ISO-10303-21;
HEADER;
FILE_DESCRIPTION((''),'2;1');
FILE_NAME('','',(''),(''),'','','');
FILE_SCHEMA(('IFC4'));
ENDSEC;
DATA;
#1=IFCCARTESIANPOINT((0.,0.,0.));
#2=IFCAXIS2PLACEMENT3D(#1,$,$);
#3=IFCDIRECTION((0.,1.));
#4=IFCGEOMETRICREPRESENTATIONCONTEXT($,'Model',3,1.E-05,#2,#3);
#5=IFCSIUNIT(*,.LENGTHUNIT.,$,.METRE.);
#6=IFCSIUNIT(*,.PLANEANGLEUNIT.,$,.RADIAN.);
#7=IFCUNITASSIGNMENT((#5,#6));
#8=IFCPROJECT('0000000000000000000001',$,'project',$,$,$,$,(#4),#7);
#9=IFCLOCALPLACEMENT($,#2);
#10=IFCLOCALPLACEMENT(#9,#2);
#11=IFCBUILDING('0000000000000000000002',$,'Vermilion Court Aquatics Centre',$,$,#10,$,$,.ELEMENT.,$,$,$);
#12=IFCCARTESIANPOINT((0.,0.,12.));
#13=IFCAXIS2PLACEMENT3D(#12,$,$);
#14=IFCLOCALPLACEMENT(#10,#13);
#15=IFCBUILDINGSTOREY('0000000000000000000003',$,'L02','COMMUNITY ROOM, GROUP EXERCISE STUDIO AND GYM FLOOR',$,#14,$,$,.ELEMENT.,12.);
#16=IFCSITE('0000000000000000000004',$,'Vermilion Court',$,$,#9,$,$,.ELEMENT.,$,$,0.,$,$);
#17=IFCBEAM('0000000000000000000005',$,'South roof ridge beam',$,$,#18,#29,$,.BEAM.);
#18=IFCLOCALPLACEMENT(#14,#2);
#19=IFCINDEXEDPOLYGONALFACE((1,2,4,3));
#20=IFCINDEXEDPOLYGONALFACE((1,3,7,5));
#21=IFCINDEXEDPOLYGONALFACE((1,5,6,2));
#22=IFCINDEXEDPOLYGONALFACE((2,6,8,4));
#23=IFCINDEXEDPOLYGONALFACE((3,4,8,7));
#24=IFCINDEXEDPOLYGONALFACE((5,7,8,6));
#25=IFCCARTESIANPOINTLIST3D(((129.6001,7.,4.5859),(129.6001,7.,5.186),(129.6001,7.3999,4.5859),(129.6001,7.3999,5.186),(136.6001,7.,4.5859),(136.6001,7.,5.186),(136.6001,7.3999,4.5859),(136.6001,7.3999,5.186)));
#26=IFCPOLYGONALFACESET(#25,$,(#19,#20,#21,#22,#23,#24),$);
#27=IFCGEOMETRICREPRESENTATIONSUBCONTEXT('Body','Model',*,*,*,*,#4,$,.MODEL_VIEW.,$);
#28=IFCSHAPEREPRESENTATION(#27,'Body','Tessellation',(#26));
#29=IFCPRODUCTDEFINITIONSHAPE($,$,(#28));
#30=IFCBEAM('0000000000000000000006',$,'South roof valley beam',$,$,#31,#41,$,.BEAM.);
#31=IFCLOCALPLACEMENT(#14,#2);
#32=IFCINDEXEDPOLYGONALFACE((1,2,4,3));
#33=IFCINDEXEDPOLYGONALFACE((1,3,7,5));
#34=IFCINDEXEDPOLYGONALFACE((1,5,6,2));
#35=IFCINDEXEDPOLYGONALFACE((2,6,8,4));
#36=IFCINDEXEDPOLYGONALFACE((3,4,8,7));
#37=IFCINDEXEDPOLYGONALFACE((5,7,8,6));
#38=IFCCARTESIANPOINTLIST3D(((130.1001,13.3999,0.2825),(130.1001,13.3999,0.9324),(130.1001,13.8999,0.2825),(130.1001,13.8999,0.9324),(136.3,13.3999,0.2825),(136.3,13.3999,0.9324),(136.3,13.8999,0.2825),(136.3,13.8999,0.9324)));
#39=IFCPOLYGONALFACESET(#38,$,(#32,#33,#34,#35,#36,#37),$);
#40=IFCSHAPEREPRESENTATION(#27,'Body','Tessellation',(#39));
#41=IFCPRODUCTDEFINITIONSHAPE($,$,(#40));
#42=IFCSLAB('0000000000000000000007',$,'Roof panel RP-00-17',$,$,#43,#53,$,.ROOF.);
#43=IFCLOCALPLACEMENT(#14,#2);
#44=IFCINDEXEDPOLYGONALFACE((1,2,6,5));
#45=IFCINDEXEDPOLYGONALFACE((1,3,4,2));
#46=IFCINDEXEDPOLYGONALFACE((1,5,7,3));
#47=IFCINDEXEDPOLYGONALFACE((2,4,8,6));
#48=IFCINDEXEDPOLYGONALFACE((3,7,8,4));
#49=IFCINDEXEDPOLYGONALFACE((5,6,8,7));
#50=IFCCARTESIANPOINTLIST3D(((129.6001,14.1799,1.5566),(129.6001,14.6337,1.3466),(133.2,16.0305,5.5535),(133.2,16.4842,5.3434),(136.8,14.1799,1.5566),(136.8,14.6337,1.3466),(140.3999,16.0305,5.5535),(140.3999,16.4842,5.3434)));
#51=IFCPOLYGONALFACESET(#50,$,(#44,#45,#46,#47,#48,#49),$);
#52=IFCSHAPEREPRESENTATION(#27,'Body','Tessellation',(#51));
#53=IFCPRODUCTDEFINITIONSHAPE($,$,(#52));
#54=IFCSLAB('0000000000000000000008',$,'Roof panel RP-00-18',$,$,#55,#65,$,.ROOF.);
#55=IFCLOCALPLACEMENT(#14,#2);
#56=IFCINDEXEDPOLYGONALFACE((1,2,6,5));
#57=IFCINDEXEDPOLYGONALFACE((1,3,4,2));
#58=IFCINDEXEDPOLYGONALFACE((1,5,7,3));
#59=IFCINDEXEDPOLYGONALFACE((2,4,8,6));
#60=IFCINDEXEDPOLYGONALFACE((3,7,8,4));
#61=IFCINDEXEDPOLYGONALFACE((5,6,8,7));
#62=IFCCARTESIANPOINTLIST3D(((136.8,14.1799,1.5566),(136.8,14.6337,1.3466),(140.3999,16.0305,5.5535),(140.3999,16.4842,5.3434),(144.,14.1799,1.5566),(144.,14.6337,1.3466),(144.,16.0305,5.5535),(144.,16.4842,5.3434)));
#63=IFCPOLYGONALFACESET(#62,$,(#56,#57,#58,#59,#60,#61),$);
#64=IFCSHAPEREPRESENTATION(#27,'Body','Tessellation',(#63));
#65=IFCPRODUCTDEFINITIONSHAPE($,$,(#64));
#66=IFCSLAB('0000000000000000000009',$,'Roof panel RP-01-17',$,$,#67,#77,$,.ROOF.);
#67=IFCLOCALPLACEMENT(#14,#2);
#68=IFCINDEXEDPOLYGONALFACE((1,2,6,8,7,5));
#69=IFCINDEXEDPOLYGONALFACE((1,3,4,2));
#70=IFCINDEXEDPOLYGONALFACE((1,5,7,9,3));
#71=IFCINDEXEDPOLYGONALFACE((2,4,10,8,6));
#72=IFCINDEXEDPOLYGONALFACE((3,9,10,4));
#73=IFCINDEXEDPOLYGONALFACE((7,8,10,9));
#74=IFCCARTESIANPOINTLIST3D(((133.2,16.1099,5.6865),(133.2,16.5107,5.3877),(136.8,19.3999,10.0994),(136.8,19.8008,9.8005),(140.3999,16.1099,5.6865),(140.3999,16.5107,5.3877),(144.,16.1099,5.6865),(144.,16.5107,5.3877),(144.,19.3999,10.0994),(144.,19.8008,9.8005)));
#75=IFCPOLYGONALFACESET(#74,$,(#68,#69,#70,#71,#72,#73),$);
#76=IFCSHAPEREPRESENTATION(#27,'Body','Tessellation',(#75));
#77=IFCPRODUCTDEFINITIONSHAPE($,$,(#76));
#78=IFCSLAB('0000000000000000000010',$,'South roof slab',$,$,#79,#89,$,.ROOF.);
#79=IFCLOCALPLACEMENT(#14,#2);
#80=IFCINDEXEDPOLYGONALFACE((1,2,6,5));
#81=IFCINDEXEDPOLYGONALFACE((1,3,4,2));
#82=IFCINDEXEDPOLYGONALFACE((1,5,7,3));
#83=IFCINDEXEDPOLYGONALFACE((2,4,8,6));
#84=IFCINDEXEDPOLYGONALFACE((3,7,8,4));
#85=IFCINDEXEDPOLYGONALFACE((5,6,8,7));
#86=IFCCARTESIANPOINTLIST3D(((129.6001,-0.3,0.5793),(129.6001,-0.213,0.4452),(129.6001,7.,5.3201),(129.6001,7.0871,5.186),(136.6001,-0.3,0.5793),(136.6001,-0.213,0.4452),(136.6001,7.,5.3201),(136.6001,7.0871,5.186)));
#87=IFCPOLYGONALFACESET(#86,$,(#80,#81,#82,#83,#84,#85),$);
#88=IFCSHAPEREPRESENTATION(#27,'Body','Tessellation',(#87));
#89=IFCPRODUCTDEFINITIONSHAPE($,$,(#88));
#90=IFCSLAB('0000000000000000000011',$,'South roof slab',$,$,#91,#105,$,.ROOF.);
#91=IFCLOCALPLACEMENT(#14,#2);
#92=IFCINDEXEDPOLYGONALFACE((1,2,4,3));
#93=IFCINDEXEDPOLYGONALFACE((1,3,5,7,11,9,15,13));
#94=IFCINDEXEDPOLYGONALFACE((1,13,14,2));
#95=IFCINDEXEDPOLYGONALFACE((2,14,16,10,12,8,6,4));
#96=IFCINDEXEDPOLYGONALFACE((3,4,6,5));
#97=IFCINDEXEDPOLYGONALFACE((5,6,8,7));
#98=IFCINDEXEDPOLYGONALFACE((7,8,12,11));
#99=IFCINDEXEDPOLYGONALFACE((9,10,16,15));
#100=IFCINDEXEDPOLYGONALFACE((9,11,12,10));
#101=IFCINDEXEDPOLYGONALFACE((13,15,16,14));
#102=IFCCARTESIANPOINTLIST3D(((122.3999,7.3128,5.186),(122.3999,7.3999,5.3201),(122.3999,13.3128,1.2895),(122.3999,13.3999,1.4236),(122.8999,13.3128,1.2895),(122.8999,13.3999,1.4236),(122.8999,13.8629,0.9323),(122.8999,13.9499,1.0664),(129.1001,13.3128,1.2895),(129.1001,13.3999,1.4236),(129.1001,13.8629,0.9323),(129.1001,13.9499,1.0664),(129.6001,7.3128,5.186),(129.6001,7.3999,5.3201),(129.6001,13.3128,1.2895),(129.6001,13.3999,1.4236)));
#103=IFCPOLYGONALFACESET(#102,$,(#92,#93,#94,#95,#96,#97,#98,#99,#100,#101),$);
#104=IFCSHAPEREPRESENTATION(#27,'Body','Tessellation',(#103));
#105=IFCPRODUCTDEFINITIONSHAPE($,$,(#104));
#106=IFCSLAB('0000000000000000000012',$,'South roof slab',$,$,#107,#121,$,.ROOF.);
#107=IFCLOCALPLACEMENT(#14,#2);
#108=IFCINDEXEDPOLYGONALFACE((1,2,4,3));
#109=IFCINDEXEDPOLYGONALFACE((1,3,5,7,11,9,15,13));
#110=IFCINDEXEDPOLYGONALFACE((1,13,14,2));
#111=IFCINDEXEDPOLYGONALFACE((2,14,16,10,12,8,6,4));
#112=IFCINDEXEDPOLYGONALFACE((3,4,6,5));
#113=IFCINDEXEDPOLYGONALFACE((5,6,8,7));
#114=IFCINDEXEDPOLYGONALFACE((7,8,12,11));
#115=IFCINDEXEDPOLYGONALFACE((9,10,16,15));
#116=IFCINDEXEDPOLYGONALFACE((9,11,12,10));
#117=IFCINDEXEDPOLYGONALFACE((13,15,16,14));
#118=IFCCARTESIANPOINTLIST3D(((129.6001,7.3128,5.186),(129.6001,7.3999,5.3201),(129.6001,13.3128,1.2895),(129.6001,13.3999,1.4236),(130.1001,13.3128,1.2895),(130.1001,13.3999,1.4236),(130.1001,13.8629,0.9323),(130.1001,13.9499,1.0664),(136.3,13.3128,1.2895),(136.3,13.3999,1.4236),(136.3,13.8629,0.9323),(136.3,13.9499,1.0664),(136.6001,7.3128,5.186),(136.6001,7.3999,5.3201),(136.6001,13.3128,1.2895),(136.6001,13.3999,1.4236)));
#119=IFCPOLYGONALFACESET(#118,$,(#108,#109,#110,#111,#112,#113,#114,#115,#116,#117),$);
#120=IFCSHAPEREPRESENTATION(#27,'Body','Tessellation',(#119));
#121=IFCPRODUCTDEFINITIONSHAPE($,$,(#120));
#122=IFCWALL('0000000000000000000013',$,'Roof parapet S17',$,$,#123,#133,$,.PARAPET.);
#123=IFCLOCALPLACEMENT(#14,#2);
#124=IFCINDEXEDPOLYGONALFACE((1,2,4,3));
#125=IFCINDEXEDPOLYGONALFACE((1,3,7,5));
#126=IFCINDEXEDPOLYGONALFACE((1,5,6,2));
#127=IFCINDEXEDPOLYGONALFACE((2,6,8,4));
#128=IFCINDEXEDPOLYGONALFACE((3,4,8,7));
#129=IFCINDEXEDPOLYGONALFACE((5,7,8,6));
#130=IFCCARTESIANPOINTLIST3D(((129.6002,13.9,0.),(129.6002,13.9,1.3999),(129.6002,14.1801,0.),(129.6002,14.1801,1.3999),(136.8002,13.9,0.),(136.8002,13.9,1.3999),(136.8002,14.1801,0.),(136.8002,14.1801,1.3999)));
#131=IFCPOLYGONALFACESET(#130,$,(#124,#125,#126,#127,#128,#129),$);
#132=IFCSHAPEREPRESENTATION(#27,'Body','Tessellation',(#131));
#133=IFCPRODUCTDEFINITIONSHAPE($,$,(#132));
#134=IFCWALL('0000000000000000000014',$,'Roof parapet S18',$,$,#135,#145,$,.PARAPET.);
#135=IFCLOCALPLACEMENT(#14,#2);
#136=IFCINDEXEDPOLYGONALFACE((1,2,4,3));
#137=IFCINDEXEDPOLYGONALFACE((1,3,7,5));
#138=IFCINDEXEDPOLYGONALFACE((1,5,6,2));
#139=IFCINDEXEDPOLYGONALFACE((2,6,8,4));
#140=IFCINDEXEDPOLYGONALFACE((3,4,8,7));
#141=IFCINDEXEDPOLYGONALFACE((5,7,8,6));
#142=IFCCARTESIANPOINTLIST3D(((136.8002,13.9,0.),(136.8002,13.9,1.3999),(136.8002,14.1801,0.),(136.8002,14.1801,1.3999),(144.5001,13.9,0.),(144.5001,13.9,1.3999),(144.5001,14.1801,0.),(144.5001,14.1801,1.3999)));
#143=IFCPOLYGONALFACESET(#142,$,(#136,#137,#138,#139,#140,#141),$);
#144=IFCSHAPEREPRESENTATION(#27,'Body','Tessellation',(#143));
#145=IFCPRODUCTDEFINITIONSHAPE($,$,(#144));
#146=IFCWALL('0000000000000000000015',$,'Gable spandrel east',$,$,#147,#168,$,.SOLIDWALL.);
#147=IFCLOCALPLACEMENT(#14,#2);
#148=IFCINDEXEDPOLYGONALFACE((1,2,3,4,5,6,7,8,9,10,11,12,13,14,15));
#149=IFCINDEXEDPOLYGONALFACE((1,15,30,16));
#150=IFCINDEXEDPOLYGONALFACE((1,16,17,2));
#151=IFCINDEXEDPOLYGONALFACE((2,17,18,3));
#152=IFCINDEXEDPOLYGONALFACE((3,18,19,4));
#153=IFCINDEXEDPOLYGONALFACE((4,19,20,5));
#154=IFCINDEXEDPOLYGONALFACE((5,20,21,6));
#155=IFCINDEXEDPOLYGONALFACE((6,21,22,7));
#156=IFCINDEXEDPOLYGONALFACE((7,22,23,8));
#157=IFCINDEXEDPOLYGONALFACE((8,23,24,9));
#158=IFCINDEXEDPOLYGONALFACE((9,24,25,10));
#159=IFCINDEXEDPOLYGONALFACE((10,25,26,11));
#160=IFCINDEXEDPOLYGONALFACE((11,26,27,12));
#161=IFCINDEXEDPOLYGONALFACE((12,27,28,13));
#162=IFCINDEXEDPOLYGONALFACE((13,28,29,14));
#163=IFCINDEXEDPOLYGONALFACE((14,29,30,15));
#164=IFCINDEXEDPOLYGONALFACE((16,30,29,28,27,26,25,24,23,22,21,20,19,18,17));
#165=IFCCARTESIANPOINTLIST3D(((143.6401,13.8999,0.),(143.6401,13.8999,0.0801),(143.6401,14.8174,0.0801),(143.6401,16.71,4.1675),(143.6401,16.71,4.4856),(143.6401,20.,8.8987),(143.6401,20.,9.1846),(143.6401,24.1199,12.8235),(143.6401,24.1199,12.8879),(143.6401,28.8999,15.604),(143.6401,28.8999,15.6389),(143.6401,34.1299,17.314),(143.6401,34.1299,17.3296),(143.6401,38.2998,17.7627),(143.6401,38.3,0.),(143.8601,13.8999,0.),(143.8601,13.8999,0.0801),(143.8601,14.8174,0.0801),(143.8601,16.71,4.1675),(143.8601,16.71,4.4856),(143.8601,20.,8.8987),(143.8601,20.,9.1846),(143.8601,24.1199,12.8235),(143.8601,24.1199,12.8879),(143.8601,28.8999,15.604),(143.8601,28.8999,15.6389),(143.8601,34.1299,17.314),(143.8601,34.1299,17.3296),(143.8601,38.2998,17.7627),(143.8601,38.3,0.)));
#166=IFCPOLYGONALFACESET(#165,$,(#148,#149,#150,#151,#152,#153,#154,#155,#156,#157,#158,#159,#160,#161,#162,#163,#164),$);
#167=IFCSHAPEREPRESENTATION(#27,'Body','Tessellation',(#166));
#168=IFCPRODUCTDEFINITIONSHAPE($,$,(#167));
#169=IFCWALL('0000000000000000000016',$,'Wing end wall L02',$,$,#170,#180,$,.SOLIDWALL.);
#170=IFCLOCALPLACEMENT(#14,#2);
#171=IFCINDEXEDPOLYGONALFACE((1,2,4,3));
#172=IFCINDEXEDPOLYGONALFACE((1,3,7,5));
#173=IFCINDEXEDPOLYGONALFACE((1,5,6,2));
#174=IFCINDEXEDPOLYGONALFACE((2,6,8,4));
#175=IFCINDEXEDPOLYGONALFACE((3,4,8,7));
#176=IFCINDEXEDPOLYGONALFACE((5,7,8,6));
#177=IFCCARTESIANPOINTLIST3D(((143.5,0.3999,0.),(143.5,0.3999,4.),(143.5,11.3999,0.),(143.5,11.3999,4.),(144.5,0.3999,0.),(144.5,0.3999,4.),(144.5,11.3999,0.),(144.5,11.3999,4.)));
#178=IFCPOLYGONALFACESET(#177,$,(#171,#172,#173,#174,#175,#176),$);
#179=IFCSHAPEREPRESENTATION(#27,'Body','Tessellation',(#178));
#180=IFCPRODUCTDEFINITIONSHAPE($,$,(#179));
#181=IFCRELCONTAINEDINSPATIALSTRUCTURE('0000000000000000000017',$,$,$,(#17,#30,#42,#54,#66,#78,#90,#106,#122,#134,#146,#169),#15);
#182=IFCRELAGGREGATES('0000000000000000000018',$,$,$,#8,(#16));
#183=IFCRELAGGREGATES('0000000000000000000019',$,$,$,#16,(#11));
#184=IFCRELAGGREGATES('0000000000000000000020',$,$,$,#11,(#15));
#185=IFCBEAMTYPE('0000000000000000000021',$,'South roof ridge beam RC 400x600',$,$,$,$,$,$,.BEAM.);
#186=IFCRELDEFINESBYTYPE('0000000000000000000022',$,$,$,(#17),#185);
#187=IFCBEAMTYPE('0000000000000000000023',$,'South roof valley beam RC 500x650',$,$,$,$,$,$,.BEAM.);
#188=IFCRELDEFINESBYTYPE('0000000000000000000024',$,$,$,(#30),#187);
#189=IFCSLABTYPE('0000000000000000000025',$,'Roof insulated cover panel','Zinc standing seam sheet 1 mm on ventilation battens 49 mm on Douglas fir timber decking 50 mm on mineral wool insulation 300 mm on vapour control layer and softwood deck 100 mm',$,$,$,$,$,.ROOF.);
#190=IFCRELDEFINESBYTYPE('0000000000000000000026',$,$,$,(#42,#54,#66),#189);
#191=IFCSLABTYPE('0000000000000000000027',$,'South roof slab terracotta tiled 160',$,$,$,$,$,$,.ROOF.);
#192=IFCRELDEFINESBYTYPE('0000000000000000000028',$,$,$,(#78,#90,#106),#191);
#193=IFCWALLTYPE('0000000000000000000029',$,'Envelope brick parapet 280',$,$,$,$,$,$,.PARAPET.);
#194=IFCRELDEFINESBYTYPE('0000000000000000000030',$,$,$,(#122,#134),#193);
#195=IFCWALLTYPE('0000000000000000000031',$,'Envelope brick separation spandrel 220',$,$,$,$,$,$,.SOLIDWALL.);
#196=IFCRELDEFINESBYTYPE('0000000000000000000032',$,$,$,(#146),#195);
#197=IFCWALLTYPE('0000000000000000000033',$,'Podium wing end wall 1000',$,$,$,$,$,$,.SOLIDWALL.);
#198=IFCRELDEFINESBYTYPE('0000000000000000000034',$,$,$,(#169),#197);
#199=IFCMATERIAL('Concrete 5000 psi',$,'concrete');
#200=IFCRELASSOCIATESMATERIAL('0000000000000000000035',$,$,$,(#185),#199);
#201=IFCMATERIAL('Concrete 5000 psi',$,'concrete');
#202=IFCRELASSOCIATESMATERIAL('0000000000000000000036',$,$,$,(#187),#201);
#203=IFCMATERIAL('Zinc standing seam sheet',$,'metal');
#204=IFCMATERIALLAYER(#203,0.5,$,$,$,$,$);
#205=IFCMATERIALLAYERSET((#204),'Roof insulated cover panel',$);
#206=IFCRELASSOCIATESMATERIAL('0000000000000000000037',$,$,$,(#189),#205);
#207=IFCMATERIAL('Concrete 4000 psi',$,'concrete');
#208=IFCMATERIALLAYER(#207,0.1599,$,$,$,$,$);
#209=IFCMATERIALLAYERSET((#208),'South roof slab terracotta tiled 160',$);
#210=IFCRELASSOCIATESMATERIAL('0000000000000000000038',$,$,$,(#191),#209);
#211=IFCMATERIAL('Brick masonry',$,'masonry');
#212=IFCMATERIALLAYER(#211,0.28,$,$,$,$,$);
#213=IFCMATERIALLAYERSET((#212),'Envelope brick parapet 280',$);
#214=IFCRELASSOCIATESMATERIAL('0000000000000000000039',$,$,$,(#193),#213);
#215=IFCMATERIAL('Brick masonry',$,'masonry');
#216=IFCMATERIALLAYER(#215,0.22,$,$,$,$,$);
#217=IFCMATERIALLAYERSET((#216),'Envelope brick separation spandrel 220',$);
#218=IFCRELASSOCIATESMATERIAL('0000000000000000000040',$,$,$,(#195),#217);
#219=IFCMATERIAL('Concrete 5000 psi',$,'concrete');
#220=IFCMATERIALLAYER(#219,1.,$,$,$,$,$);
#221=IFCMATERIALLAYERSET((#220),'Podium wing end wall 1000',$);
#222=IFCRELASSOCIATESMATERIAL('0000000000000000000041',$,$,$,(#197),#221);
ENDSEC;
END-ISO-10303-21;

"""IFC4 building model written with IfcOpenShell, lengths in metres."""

from ifc_helpers import new_model, si_unit, direction, frame, frame_2d, origin, origin_2d, place, context, subcontext, project, spatial, polyline, rectangle, outline, extrude, material, layer, layer_set, material_profile, profile_set, type_object, element, save


model = new_model("IFC4")

# Units and contexts
model_context = context("Model", 3, precision=1e-05, world=origin(), true_north=direction((0.0, 1.0)))
body_context = subcontext(model_context, "Body", "Model", "MODEL_VIEW")
ifc_project = project(units=[si_unit("LENGTHUNIT", "METRE"), si_unit("PLANEANGLEUNIT", "RADIAN")], contexts=[model_context])

# Site, building, storey
site_placement = place(None, origin())
site = spatial("IfcSite", under=ifc_project, at=site_placement, Name="Vermilion Court", CompositionType="ELEMENT", RefElevation=0.0)
building_placement = place(site_placement, origin())
building = spatial("IfcBuilding", under=site, at=building_placement, Name="Vermilion Court Aquatics Centre", CompositionType="ELEMENT")
storey_placement = place(building_placement, frame((0.0, 0.0, 12.0)))
storey = spatial("IfcBuildingStorey", under=building, at=storey_placement, Name="L02", Description="COMMUNITY ROOM, GROUP EXERCISE STUDIO AND GYM FLOOR", CompositionType="ELEMENT", Elevation=12.0)

# Beams
ifc_material_1 = material(Name="Concrete 5000 psi", Category="concrete")
ifc_material_profile_1 = material_profile(ifc_material_1, rectangle(XDim=0.3999, YDim=0.6001, at=origin_2d()), Name="RC 400x600")
ifc_profile_set_1 = profile_set([ifc_material_profile_1], Name="Concrete 5000 psi")
beam_type_1 = type_object("IfcBeamType", Name="South roof ridge beam RC 400x600", PredefinedType="BEAM", material=ifc_profile_set_1)
beam_1_placement = place(storey_placement, frame((129.6001, 7.2, 4.886), z_axis=(1.0, 0.0, 0.0), x_axis=(0.0, 1.0, 0.0)))
element("IfcBeam", 1, at=beam_1_placement, inside=storey, type_object=beam_type_1, Name="South roof ridge beam", PredefinedType="BEAM", context=body_context, shape_type="SweptSolid", body=[
    extrude(rectangle(XDim=0.3999, YDim=0.6001, at=origin_2d()), origin(), (0.0, 0.0, 1.0), 7.0),
])
ifc_material_2 = material(Name="Concrete 5000 psi", Category="concrete")
ifc_material_profile_2 = material_profile(ifc_material_2, rectangle(XDim=0.5, YDim=0.6499, at=origin_2d()), Name="RC 500x650")
ifc_profile_set_2 = profile_set([ifc_material_profile_2], Name="Concrete 5000 psi")
beam_type_2 = type_object("IfcBeamType", Name="South roof valley beam RC 500x650", PredefinedType="BEAM", material=ifc_profile_set_2)
beam_2_placement = place(storey_placement, frame((130.1001, 13.6499, 0.6074), z_axis=(1.0, 0.0, 0.0), x_axis=(0.0, 1.0, 0.0)))
element("IfcBeam", 2, at=beam_2_placement, inside=storey, type_object=beam_type_2, Name="South roof valley beam", PredefinedType="BEAM", context=body_context, shape_type="SweptSolid", body=[
    extrude(rectangle(XDim=0.5, YDim=0.6499, at=origin_2d()), origin(), (0.0, 0.0, 1.0), 6.2),
])

# Slabs
ifc_material_3 = material(Name="Zinc standing seam sheet", Category="metal")
ifc_layer_1 = layer(ifc_material_3, 0.5)
ifc_layer_set_1 = layer_set([ifc_layer_1], Name="Roof insulated cover panel")
slab_type_1 = type_object("IfcSlabType", Name="Roof insulated cover panel", Description="Zinc standing seam sheet 1 mm on ventilation battens 49 mm on Douglas fir timber decking 50 mm on mineral wool insulation 300 mm on vapour control layer and softwood deck 100 mm", PredefinedType="ROOF", material=ifc_layer_set_1)
slab_1_placement = place(storey_placement, frame((129.6001, 14.1799, 1.5566), z_axis=(0.0, -0.907449, 0.420162), x_axis=(1.0, 0.0, 0.0)))
element("IfcSlab", 3, at=slab_1_placement, inside=storey, type_object=slab_type_1, Name="Roof panel RP-00-17", PredefinedType="ROOF", context=body_context, shape_type="SweptSolid", body=[
    extrude(outline(polyline([(0.0, 0.0), (7.2, 0.0), (10.7998, 4.4045), (3.5999, 4.4045), (0.0, 0.0)])), origin(), (0.0, 0.0, -1.0), 0.5),
])
slab_2_placement = place(storey_placement, frame((136.8, 14.1799, 1.5566), z_axis=(0.0, -0.907449, 0.420162), x_axis=(1.0, 0.0, 0.0)))
element("IfcSlab", 4, at=slab_2_placement, inside=storey, type_object=slab_type_1, Name="Roof panel RP-00-18", PredefinedType="ROOF", context=body_context, shape_type="SweptSolid", body=[
    extrude(outline(polyline([(0.0, 0.0), (7.2, 0.0), (7.2, 4.4045), (3.5999, 4.4045), (0.0, 0.0)])), origin(), (0.0, 0.0, -1.0), 0.5),
])
slab_3_placement = place(storey_placement, frame((133.2, 16.1099, 5.6865), z_axis=(0.0, -0.801705, 0.59772), x_axis=(1.0, 0.0, 0.0)))
element("IfcSlab", 5, at=slab_3_placement, inside=storey, type_object=slab_type_1, Name="Roof panel RP-01-17", PredefinedType="ROOF", context=body_context, shape_type="SweptSolid", body=[
    extrude(outline(polyline([(0.0, 0.0), (7.2, 0.0), (10.8, 0.0), (10.8, 5.5043), (3.6001, 5.5043), (0.0, 0.0)])), origin(), (0.0, 0.0, -1.0), 0.5),
])
ifc_material_4 = material(Name="Concrete 4000 psi", Category="concrete")
ifc_layer_2 = layer(ifc_material_4, 0.1599)
ifc_layer_set_2 = layer_set([ifc_layer_2], Name="South roof slab terracotta tiled 160")
slab_type_2 = type_object("IfcSlabType", Name="South roof slab terracotta tiled 160", PredefinedType="ROOF", material=ifc_layer_set_2)
slab_4_placement = place(storey_placement, frame((129.6001, -0.3, 0.5793), z_axis=(0.0, -0.54464, 0.83867), x_axis=(0.0, 0.83867, 0.54464)))
element("IfcSlab", 6, at=slab_4_placement, inside=storey, type_object=slab_type_2, Name="South roof slab", PredefinedType="ROOF", context=body_context, shape_type="SweptSolid", body=[
    extrude(outline(polyline([(0.0, 0.0), (8.7043, 0.0), (8.7043, -7.0), (0.0, -7.0), (0.0, 0.0)])), origin(), (0.0, 0.0, -1.0), 0.1599),
])
slab_5_placement = place(storey_placement, frame((129.6001, 7.3999, 5.3201), z_axis=(0.0, 0.54464, 0.83867), x_axis=(-1.0, 0.0, 0.0)))
element("IfcSlab", 7, at=slab_5_placement, inside=storey, type_object=slab_type_2, Name="South roof slab", PredefinedType="ROOF", context=body_context, shape_type="SweptSolid", body=[
    extrude(outline(polyline([(0.0, 0.0), (7.2002, 0.0), (7.2002, -7.1542), (6.7002, -7.1542), (6.7002, -7.81), (0.5, -7.81), (0.5, -7.1542), (0.0, -7.1542), (0.0, 0.0)])), origin(), (0.0, 0.0, -1.0), 0.1599),
])
slab_6_placement = place(storey_placement, frame((136.6001, 7.3999, 5.3201), z_axis=(0.0, 0.54464, 0.83867), x_axis=(-1.0, 0.0, 0.0)))
element("IfcSlab", 8, at=slab_6_placement, inside=storey, type_object=slab_type_2, Name="South roof slab", PredefinedType="ROOF", context=body_context, shape_type="SweptSolid", body=[
    extrude(outline(polyline([(0.0, 0.0), (7.0, 0.0), (7.0, -7.1542), (6.5, -7.1542), (6.5, -7.81), (0.3, -7.81), (0.3, -7.1542), (0.0, -7.1542), (0.0, 0.0)])), origin(), (0.0, 0.0, -1.0), 0.1599),
])

# Walls
ifc_material_5 = material(Name="Brick masonry", Category="masonry")
ifc_layer_3 = layer(ifc_material_5, 0.28)
ifc_layer_set_3 = layer_set([ifc_layer_3], Name="Envelope brick parapet 280")
wall_type_1 = type_object("IfcWallType", Name="Envelope brick parapet 280", PredefinedType="PARAPET", material=ifc_layer_set_3)
wall_1_placement = place(storey_placement, frame((129.6001, 14.04, 0.0), z_axis=(0.0, 0.0, 1.0), x_axis=(1.0, 0.0, 0.0)))
element("IfcWall", 9, at=wall_1_placement, inside=storey, type_object=wall_type_1, Name="Roof parapet S17", PredefinedType="PARAPET", context=body_context, shape_type="SweptSolid", body=[
    extrude(rectangle(XDim=7.2, YDim=0.28, at=frame_2d((3.6001, 0.0))), origin(), (0.0, 0.0, 1.0), 1.3999),
])
wall_2_placement = place(storey_placement, frame((136.8, 14.04, 0.0), z_axis=(0.0, 0.0, 1.0), x_axis=(1.0, 0.0, 0.0)))
element("IfcWall", 10, at=wall_2_placement, inside=storey, type_object=wall_type_1, Name="Roof parapet S18", PredefinedType="PARAPET", context=body_context, shape_type="SweptSolid", body=[
    extrude(rectangle(XDim=7.7, YDim=0.28, at=frame_2d((3.8501, 0.0))), origin(), (0.0, 0.0, 1.0), 1.3999),
])
ifc_material_6 = material(Name="Brick masonry", Category="masonry")
ifc_layer_4 = layer(ifc_material_6, 0.22)
ifc_layer_set_4 = layer_set([ifc_layer_4], Name="Envelope brick separation spandrel 220")
wall_type_2 = type_object("IfcWallType", Name="Envelope brick separation spandrel 220", PredefinedType="SOLIDWALL", material=ifc_layer_set_4)
wall_3_placement = place(storey_placement, frame((143.75, 13.8999, 0.0), z_axis=(0.0, 0.0, 1.0), x_axis=(0.0, 1.0, 0.0)))
element("IfcWall", 11, at=wall_3_placement, inside=storey, type_object=wall_type_2, Name="Gable spandrel east", PredefinedType="SOLIDWALL", context=body_context, shape_type="SweptSolid", body=[
    extrude(outline(polyline([(0.0, 0.0), (24.4001, 0.0), (24.3999, 17.7627), (20.23, 17.3296), (20.23, 17.314), (15.0, 15.6389), (15.0, 15.604), (10.22, 12.8879), (10.22, 12.8235), (6.1001, 9.1846), (6.1001, 8.8987), (2.8101, 4.4856), (2.8101, 4.1675), (0.9175, 0.0801), (0.0, 0.0801), (0.0, 0.0)])), frame((0.0, 0.1099, 0.0), z_axis=(0.0, -1.0, 0.0), x_axis=(1.0, 0.0, 0.0)), (0.0, 0.0, 1.0), 0.22),
])
ifc_material_7 = material(Name="Concrete 5000 psi", Category="concrete")
ifc_layer_5 = layer(ifc_material_7, 1.0)
ifc_layer_set_5 = layer_set([ifc_layer_5], Name="Podium wing end wall 1000")
wall_type_3 = type_object("IfcWallType", Name="Podium wing end wall 1000", PredefinedType="SOLIDWALL", material=ifc_layer_set_5)
wall_4_placement = place(storey_placement, frame((144.0, 0.3999, 0.0), z_axis=(0.0, 0.0, 1.0), x_axis=(0.0, 1.0, 0.0)))
element("IfcWall", 12, at=wall_4_placement, inside=storey, type_object=wall_type_3, Name="Wing end wall L02", PredefinedType="SOLIDWALL", context=body_context, shape_type="SweptSolid", body=[
    extrude(rectangle(XDim=11.0, YDim=1.0, at=frame_2d((5.5, 0.0))), origin(), (0.0, 0.0, 1.0), 4.0),
])

save(model, "model.ifc")
